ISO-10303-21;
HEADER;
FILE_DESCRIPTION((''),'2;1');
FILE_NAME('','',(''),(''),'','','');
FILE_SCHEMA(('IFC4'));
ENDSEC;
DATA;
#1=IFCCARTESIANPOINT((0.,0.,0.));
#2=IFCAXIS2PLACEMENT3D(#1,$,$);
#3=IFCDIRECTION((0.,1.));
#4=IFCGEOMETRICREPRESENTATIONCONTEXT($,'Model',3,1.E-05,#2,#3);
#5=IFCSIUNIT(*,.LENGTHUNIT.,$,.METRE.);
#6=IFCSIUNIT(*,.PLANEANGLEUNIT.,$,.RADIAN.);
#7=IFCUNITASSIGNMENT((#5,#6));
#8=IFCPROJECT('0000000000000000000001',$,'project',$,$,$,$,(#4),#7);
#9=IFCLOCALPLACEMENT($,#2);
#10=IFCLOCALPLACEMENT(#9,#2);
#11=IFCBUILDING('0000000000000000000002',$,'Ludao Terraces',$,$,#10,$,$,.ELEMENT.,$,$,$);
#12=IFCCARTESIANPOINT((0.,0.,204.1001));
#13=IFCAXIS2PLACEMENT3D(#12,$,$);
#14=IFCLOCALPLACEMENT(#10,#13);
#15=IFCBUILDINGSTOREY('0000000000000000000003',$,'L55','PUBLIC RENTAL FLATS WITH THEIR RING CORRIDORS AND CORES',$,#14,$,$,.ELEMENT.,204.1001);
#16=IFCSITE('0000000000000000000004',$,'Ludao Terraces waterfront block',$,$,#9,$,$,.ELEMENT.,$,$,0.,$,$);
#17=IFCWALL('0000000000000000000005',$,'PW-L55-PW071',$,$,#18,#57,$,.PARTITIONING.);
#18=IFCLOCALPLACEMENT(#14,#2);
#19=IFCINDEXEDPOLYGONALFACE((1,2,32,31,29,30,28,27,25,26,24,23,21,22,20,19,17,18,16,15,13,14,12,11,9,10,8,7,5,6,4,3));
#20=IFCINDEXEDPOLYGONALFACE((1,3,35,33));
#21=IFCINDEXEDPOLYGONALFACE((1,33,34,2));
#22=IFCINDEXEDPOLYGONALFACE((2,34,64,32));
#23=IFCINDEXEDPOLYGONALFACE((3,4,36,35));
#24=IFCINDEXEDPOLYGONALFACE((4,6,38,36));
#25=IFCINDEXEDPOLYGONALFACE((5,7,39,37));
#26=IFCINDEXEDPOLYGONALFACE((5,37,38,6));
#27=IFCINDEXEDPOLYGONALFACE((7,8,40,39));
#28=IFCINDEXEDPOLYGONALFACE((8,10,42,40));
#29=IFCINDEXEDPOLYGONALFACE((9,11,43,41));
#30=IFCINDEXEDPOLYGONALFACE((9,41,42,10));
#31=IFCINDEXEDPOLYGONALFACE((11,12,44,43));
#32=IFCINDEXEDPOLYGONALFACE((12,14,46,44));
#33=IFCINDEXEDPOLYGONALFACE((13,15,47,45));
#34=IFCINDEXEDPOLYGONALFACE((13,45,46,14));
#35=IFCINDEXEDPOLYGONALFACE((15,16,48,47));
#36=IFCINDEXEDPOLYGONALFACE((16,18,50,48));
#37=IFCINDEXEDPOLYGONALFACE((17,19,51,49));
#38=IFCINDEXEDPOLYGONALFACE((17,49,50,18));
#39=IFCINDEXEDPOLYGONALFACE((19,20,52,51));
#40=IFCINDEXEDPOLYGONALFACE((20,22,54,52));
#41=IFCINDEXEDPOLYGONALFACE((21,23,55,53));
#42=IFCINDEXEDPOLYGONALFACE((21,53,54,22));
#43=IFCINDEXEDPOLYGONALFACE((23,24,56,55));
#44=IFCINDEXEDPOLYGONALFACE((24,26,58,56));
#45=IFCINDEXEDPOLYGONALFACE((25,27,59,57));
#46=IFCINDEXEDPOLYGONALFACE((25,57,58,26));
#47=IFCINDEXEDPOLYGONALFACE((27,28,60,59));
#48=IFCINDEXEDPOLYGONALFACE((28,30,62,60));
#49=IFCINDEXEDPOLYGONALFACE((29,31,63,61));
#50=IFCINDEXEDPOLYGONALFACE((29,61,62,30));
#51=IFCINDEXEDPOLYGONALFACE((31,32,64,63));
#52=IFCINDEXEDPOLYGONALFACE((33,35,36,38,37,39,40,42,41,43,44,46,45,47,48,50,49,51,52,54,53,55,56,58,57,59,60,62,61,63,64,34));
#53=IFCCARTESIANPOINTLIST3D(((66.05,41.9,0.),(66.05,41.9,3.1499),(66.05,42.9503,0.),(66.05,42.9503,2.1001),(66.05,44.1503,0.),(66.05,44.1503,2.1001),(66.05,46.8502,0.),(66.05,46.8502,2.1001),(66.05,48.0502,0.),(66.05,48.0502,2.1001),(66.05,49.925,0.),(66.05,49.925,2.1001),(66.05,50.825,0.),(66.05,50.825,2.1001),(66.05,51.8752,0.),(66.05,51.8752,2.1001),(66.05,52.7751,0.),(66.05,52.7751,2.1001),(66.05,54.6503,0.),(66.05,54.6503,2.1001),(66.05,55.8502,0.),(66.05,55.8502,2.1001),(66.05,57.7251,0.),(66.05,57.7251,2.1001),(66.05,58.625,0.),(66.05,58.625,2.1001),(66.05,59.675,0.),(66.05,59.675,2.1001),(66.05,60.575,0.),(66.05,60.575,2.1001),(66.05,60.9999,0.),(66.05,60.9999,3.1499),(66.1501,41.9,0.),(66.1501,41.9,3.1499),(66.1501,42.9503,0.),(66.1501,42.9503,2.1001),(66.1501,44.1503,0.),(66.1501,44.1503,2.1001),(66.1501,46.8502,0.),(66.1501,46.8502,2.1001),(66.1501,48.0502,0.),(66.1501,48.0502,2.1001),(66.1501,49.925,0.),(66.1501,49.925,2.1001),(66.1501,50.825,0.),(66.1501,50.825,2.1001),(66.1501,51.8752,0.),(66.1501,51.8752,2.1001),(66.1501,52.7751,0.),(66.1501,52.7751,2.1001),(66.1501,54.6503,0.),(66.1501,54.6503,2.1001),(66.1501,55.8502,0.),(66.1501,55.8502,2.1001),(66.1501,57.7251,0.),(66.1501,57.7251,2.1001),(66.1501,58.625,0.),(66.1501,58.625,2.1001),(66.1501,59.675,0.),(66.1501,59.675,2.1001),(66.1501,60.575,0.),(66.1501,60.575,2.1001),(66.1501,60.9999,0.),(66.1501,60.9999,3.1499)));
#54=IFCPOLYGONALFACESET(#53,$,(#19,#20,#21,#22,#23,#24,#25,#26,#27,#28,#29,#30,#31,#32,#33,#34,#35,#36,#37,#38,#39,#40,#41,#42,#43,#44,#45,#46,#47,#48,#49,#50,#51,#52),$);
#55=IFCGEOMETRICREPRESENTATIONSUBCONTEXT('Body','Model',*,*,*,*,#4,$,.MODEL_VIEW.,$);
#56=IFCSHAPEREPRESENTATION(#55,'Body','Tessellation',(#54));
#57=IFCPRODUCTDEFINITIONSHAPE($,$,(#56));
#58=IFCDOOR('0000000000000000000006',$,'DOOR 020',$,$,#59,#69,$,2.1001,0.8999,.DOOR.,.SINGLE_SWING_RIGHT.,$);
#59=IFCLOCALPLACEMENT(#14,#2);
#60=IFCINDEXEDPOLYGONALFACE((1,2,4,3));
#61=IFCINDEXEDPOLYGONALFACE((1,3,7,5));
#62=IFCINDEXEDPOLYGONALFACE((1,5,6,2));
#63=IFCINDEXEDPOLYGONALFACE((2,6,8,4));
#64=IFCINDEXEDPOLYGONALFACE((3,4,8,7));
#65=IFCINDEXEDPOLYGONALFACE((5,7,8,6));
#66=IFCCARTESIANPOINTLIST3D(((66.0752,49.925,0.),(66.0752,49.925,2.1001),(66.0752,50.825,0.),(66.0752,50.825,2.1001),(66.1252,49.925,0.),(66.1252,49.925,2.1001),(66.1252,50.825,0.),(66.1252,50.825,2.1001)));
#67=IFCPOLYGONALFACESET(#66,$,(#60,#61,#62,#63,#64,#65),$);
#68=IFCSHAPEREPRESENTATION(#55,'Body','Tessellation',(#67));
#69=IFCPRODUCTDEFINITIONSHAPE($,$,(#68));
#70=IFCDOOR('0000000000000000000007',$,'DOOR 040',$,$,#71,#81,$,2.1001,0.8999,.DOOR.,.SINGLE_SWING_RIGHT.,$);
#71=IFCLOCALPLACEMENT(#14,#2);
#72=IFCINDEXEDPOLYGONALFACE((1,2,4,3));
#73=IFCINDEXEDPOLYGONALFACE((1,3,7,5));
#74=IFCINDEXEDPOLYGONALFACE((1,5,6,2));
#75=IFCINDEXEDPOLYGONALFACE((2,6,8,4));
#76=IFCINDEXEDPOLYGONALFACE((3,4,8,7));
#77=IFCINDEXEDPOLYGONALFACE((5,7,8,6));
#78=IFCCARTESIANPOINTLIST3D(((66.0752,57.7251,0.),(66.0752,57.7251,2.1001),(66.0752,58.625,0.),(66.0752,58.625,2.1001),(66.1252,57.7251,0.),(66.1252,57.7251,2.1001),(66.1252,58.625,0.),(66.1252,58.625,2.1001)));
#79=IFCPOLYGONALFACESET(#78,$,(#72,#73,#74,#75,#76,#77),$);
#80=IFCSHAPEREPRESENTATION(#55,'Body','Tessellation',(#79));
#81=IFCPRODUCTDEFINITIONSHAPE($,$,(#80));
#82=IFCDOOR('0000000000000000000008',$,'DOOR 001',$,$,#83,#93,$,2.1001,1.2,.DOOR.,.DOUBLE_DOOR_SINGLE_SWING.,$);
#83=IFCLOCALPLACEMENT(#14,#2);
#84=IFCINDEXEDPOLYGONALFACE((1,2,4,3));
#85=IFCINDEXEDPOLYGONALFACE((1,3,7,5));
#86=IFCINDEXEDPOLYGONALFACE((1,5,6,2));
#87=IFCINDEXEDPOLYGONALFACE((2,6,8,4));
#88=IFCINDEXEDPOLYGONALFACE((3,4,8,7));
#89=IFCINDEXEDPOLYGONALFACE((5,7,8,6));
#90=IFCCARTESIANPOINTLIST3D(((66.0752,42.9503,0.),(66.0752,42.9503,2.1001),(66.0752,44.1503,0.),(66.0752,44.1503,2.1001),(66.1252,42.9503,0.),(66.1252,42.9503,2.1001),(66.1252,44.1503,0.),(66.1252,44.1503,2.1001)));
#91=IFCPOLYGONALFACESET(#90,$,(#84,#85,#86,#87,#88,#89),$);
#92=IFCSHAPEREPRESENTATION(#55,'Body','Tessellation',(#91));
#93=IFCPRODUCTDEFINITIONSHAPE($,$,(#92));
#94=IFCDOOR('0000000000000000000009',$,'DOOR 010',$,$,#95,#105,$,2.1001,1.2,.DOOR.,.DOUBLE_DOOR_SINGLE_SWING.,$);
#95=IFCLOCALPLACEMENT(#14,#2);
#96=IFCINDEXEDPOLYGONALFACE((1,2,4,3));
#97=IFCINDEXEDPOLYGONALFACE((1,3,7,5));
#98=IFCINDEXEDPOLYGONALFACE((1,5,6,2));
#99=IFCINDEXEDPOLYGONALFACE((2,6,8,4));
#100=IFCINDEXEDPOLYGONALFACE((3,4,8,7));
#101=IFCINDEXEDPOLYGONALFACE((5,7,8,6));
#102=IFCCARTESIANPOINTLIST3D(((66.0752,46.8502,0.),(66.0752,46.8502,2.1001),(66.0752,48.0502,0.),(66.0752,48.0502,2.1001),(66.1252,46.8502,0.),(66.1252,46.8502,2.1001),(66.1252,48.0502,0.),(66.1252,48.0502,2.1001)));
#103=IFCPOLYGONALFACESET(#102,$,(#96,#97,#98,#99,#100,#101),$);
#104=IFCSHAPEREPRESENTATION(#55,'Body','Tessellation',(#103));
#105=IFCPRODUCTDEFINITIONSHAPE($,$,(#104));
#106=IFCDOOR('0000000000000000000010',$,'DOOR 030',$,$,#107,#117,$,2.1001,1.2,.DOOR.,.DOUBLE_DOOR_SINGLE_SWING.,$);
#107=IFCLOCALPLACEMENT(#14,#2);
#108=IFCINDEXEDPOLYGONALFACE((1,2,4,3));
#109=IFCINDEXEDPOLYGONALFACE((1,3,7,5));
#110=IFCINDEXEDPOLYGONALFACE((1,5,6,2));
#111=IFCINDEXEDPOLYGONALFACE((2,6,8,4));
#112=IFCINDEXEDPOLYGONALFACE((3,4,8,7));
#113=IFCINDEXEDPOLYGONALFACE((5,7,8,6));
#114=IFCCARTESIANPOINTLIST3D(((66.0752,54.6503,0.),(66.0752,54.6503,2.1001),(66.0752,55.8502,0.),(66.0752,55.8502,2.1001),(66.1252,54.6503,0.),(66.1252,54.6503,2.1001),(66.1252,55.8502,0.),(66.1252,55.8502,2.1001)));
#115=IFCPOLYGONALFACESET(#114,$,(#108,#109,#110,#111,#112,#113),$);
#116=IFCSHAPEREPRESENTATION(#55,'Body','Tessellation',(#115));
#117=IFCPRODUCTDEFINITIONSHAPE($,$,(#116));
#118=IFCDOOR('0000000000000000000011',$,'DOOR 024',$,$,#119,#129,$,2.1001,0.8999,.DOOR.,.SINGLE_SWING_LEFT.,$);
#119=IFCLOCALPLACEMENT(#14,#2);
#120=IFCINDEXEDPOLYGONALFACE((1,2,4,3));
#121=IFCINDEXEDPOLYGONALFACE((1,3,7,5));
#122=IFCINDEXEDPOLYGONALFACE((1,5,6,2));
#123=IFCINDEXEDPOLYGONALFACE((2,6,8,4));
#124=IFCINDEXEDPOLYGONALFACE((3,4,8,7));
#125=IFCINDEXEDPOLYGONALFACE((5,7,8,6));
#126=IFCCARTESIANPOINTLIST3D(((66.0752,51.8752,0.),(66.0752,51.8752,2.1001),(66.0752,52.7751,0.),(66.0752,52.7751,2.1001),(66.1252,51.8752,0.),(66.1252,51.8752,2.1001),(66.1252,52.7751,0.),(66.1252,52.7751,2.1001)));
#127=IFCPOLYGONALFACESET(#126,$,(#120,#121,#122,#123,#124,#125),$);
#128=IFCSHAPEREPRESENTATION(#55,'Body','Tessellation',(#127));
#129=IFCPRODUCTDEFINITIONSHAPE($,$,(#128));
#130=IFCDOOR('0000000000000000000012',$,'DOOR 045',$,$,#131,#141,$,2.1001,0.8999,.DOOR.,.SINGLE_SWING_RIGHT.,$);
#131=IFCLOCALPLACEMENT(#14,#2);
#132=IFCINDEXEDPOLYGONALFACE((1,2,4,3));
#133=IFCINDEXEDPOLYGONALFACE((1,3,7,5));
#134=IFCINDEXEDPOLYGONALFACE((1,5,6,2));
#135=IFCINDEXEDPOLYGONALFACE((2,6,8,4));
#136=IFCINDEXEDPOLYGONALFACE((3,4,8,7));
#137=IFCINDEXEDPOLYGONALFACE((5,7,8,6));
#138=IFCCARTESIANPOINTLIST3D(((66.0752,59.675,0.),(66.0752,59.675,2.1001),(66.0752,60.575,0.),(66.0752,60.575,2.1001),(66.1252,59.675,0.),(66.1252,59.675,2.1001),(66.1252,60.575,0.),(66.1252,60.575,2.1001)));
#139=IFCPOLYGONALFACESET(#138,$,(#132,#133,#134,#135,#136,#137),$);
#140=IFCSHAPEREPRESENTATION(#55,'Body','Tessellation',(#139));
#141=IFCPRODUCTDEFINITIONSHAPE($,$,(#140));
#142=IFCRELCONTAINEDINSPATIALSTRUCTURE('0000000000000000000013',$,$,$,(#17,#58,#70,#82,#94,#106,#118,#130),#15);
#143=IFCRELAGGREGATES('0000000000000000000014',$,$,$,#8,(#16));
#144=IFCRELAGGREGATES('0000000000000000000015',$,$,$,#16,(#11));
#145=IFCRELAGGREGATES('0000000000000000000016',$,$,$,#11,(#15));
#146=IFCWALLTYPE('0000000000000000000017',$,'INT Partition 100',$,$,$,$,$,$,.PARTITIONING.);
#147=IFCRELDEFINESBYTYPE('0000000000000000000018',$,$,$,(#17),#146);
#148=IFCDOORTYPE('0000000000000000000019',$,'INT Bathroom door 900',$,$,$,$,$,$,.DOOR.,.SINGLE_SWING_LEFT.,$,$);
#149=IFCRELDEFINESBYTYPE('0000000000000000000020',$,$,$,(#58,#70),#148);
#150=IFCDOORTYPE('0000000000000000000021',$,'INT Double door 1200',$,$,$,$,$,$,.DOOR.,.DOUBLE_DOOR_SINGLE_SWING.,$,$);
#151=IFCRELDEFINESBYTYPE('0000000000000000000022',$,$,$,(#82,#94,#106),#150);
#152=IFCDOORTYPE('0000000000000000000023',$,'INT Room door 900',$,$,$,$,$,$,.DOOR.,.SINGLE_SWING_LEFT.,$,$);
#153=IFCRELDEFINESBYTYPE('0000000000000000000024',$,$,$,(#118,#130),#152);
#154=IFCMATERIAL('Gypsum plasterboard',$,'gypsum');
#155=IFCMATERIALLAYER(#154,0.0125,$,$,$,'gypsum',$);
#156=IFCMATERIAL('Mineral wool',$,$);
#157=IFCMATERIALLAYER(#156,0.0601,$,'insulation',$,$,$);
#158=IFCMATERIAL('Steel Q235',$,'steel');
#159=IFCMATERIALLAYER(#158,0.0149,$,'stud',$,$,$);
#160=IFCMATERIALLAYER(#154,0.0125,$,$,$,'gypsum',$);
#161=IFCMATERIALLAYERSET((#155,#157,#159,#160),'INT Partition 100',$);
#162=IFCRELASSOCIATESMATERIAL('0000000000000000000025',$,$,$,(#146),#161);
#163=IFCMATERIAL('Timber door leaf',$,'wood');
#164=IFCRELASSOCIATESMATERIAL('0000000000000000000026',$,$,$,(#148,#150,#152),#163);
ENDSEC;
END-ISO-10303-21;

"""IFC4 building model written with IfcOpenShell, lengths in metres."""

from ifc_helpers import new_model, si_unit, direction, frame, frame_2d, origin, place, context, subcontext, project, spatial, rectangle, extrude, material, layer, layer_set, type_object, element, fill, save


model = new_model("IFC4")

# Units and contexts
model_context = context("Model", 3, precision=1e-05, world=origin(), true_north=direction((0.0, 1.0)))
body_context = subcontext(model_context, "Body", "Model", "MODEL_VIEW")
ifc_project = project(units=[si_unit("LENGTHUNIT", "METRE"), si_unit("PLANEANGLEUNIT", "RADIAN")], contexts=[model_context])

# Site, building, storey
site_placement = place(None, origin())
site = spatial("IfcSite", under=ifc_project, at=site_placement, Name="Ludao Terraces waterfront block", CompositionType="ELEMENT", RefElevation=0.0)
building_placement = place(site_placement, origin())
building = spatial("IfcBuilding", under=site, at=building_placement, Name="Ludao Terraces", CompositionType="ELEMENT")
storey_placement = place(building_placement, frame((0.0, 0.0, 204.1001)))
storey = spatial("IfcBuildingStorey", under=building, at=storey_placement, Name="L55", Description="PUBLIC RENTAL FLATS WITH THEIR RING CORRIDORS AND CORES", CompositionType="ELEMENT", Elevation=204.1001)

# Shared definitions
ifc_material_1 = material(Name="Mineral wool")

# Wall, openings, doors
ifc_material_2 = material(Name="Gypsum plasterboard", Category="gypsum")
ifc_layer_1 = layer(ifc_material_2, 0.0125, Category="gypsum")
ifc_layer_2 = layer(ifc_material_1, 0.0601, Name="insulation")
ifc_material_3 = material(Name="Steel Q235", Category="steel")
ifc_layer_3 = layer(ifc_material_3, 0.0149, Name="stud")
ifc_layer_4 = layer(ifc_material_2, 0.0125, Category="gypsum")
ifc_layer_set_1 = layer_set([ifc_layer_1, ifc_layer_2, ifc_layer_3, ifc_layer_4], Name="INT Partition 100")
wall_type_1 = type_object("IfcWallType", Name="INT Partition 100", PredefinedType="PARTITIONING", material=ifc_layer_set_1)
wall_1_placement = place(storey_placement, frame((66.1001, 41.9001, 0.0), z_axis=(0.0, 0.0, 1.0), x_axis=(0.0, 1.0, 0.0)))
wall_1 = element("IfcWall", 1, at=wall_1_placement, inside=storey, type_object=wall_type_1, Name="PW-L55-PW071", PredefinedType="PARTITIONING", context=body_context, shape_type="SweptSolid", body=[
    extrude(rectangle(XDim=19.0999, YDim=0.1001, at=frame_2d((9.5498, 0.0))), origin(), (0.0, 0.0, 1.0), 3.1499),
])
opening_1_placement = place(wall_1_placement, frame((1.05, 0.0, 0.0)))
opening_1 = element("IfcOpeningElement", 2, at=opening_1_placement, cuts=wall_1, PredefinedType="OPENING", context=body_context, shape_type="SweptSolid", body=[
    extrude(rectangle(XDim=1.2, YDim=2.1001, at=frame_2d((0.6001, 1.05))), frame((0.0, 0.0601, 0.0), z_axis=(0.0, -1.0, 0.0), x_axis=(1.0, 0.0, 0.0)), (0.0, 0.0, 1.0), 0.1201),
])
opening_2_placement = place(wall_1_placement, frame((4.95, 0.0, 0.0)))
opening_2 = element("IfcOpeningElement", 3, at=opening_2_placement, cuts=wall_1, PredefinedType="OPENING", context=body_context, shape_type="SweptSolid", body=[
    extrude(rectangle(XDim=1.2, YDim=2.1001, at=frame_2d((0.6001, 1.05))), frame((0.0, 0.0601, 0.0), z_axis=(0.0, -1.0, 0.0), x_axis=(1.0, 0.0, 0.0)), (0.0, 0.0, 1.0), 0.1201),
])
opening_3_placement = place(wall_1_placement, frame((8.0249, 0.0, 0.0)))
opening_3 = element("IfcOpeningElement", 4, at=opening_3_placement, cuts=wall_1, PredefinedType="OPENING", context=body_context, shape_type="SweptSolid", body=[
    extrude(rectangle(XDim=0.8999, YDim=2.1001, at=frame_2d((0.45, 1.05))), frame((0.0, 0.0601, 0.0), z_axis=(0.0, -1.0, 0.0), x_axis=(1.0, 0.0, 0.0)), (0.0, 0.0, 1.0), 0.1201),
])
opening_4_placement = place(wall_1_placement, frame((9.9751, 0.0, 0.0)))
opening_4 = element("IfcOpeningElement", 5, at=opening_4_placement, cuts=wall_1, PredefinedType="OPENING", context=body_context, shape_type="SweptSolid", body=[
    extrude(rectangle(XDim=0.8999, YDim=2.1001, at=frame_2d((0.45, 1.05))), frame((0.0, 0.0601, 0.0), z_axis=(0.0, -1.0, 0.0), x_axis=(1.0, 0.0, 0.0)), (0.0, 0.0, 1.0), 0.1201),
])
opening_5_placement = place(wall_1_placement, frame((12.75, 0.0, 0.0)))
opening_5 = element("IfcOpeningElement", 6, at=opening_5_placement, cuts=wall_1, PredefinedType="OPENING", context=body_context, shape_type="SweptSolid", body=[
    extrude(rectangle(XDim=1.2, YDim=2.1001, at=frame_2d((0.6001, 1.05))), frame((0.0, 0.0601, 0.0), z_axis=(0.0, -1.0, 0.0), x_axis=(1.0, 0.0, 0.0)), (0.0, 0.0, 1.0), 0.1201),
])
opening_6_placement = place(wall_1_placement, frame((15.825, 0.0, 0.0)))
opening_6 = element("IfcOpeningElement", 7, at=opening_6_placement, cuts=wall_1, PredefinedType="OPENING", context=body_context, shape_type="SweptSolid", body=[
    extrude(rectangle(XDim=0.8999, YDim=2.1001, at=frame_2d((0.45, 1.05))), frame((0.0, 0.0601, 0.0), z_axis=(0.0, -1.0, 0.0), x_axis=(1.0, 0.0, 0.0)), (0.0, 0.0, 1.0), 0.1201),
])
opening_7_placement = place(wall_1_placement, frame((17.7749, 0.0, 0.0)))
opening_7 = element("IfcOpeningElement", 8, at=opening_7_placement, cuts=wall_1, PredefinedType="OPENING", context=body_context, shape_type="SweptSolid", body=[
    extrude(rectangle(XDim=0.8999, YDim=2.1001, at=frame_2d((0.45, 1.05))), frame((0.0, 0.0601, 0.0), z_axis=(0.0, -1.0, 0.0), x_axis=(1.0, 0.0, 0.0)), (0.0, 0.0, 1.0), 0.1201),
])
ifc_material_4 = material(Name="Timber door leaf", Category="wood")
door_type_1 = type_object("IfcDoorType", Name="INT Bathroom door 900", OperationType="SINGLE_SWING_LEFT", PredefinedType="DOOR", material=ifc_material_4)
door_1_placement = place(opening_3_placement, origin())
door_1 = element("IfcDoor", 9, at=door_1_placement, inside=storey, type_object=door_type_1, Name="DOOR 020", OperationType="SINGLE_SWING_RIGHT", OverallHeight=2.1001, OverallWidth=0.8999, PredefinedType="DOOR", context=body_context, shape_type="SweptSolid", body=[
    extrude(rectangle(XDim=0.8999, YDim=2.1001, at=frame_2d((0.45, 1.05))), frame((0.0, 0.0249, 0.0), z_axis=(0.0, -1.0, 0.0), x_axis=(1.0, 0.0, 0.0)), (0.0, 0.0, 1.0), 0.05),
])
fill(opening_3, door_1)
door_2_placement = place(opening_6_placement, origin())
door_2 = element("IfcDoor", 10, at=door_2_placement, inside=storey, type_object=door_type_1, Name="DOOR 040", OperationType="SINGLE_SWING_RIGHT", OverallHeight=2.1001, OverallWidth=0.8999, PredefinedType="DOOR", context=body_context, shape_type="SweptSolid", body=[
    extrude(rectangle(XDim=0.8999, YDim=2.1001, at=frame_2d((0.45, 1.05))), frame((0.0, 0.0249, 0.0), z_axis=(0.0, -1.0, 0.0), x_axis=(1.0, 0.0, 0.0)), (0.0, 0.0, 1.0), 0.05),
])
fill(opening_6, door_2)
door_type_2 = type_object("IfcDoorType", Name="INT Double door 1200", OperationType="DOUBLE_DOOR_SINGLE_SWING", PredefinedType="DOOR", material=ifc_material_4)
door_3_placement = place(opening_1_placement, origin())
door_3 = element("IfcDoor", 11, at=door_3_placement, inside=storey, type_object=door_type_2, Name="DOOR 001", OperationType="DOUBLE_DOOR_SINGLE_SWING", OverallHeight=2.1001, OverallWidth=1.2, PredefinedType="DOOR", context=body_context, shape_type="SweptSolid", body=[
    extrude(rectangle(XDim=1.2, YDim=2.1001, at=frame_2d((0.6001, 1.05))), frame((0.0, 0.0249, 0.0), z_axis=(0.0, -1.0, 0.0), x_axis=(1.0, 0.0, 0.0)), (0.0, 0.0, 1.0), 0.05),
])
fill(opening_1, door_3)
door_4_placement = place(opening_2_placement, origin())
door_4 = element("IfcDoor", 12, at=door_4_placement, inside=storey, type_object=door_type_2, Name="DOOR 010", OperationType="DOUBLE_DOOR_SINGLE_SWING", OverallHeight=2.1001, OverallWidth=1.2, PredefinedType="DOOR", context=body_context, shape_type="SweptSolid", body=[
    extrude(rectangle(XDim=1.2, YDim=2.1001, at=frame_2d((0.6001, 1.05))), frame((0.0, 0.0249, 0.0), z_axis=(0.0, -1.0, 0.0), x_axis=(1.0, 0.0, 0.0)), (0.0, 0.0, 1.0), 0.05),
])
fill(opening_2, door_4)
door_5_placement = place(opening_5_placement, origin())
door_5 = element("IfcDoor", 13, at=door_5_placement, inside=storey, type_object=door_type_2, Name="DOOR 030", OperationType="DOUBLE_DOOR_SINGLE_SWING", OverallHeight=2.1001, OverallWidth=1.2, PredefinedType="DOOR", context=body_context, shape_type="SweptSolid", body=[
    extrude(rectangle(XDim=1.2, YDim=2.1001, at=frame_2d((0.6001, 1.05))), frame((0.0, 0.0249, 0.0), z_axis=(0.0, -1.0, 0.0), x_axis=(1.0, 0.0, 0.0)), (0.0, 0.0, 1.0), 0.05),
])
fill(opening_5, door_5)
door_type_3 = type_object("IfcDoorType", Name="INT Room door 900", OperationType="SINGLE_SWING_LEFT", PredefinedType="DOOR", material=ifc_material_4)
door_6_placement = place(opening_4_placement, origin())
door_6 = element("IfcDoor", 14, at=door_6_placement, inside=storey, type_object=door_type_3, Name="DOOR 024", OperationType="SINGLE_SWING_LEFT", OverallHeight=2.1001, OverallWidth=0.8999, PredefinedType="DOOR", context=body_context, shape_type="SweptSolid", body=[
    extrude(rectangle(XDim=0.8999, YDim=2.1001, at=frame_2d((0.45, 1.05))), frame((0.0, 0.0249, 0.0), z_axis=(0.0, -1.0, 0.0), x_axis=(1.0, 0.0, 0.0)), (0.0, 0.0, 1.0), 0.05),
])
fill(opening_4, door_6)
door_7_placement = place(opening_7_placement, origin())
door_7 = element("IfcDoor", 15, at=door_7_placement, inside=storey, type_object=door_type_3, Name="DOOR 045", OperationType="SINGLE_SWING_RIGHT", OverallHeight=2.1001, OverallWidth=0.8999, PredefinedType="DOOR", context=body_context, shape_type="SweptSolid", body=[
    extrude(rectangle(XDim=0.8999, YDim=2.1001, at=frame_2d((0.45, 1.05))), frame((0.0, 0.0249, 0.0), z_axis=(0.0, -1.0, 0.0), x_axis=(1.0, 0.0, 0.0)), (0.0, 0.0, 1.0), 0.05),
])
fill(opening_7, door_7)

save(model, "model.ifc")
